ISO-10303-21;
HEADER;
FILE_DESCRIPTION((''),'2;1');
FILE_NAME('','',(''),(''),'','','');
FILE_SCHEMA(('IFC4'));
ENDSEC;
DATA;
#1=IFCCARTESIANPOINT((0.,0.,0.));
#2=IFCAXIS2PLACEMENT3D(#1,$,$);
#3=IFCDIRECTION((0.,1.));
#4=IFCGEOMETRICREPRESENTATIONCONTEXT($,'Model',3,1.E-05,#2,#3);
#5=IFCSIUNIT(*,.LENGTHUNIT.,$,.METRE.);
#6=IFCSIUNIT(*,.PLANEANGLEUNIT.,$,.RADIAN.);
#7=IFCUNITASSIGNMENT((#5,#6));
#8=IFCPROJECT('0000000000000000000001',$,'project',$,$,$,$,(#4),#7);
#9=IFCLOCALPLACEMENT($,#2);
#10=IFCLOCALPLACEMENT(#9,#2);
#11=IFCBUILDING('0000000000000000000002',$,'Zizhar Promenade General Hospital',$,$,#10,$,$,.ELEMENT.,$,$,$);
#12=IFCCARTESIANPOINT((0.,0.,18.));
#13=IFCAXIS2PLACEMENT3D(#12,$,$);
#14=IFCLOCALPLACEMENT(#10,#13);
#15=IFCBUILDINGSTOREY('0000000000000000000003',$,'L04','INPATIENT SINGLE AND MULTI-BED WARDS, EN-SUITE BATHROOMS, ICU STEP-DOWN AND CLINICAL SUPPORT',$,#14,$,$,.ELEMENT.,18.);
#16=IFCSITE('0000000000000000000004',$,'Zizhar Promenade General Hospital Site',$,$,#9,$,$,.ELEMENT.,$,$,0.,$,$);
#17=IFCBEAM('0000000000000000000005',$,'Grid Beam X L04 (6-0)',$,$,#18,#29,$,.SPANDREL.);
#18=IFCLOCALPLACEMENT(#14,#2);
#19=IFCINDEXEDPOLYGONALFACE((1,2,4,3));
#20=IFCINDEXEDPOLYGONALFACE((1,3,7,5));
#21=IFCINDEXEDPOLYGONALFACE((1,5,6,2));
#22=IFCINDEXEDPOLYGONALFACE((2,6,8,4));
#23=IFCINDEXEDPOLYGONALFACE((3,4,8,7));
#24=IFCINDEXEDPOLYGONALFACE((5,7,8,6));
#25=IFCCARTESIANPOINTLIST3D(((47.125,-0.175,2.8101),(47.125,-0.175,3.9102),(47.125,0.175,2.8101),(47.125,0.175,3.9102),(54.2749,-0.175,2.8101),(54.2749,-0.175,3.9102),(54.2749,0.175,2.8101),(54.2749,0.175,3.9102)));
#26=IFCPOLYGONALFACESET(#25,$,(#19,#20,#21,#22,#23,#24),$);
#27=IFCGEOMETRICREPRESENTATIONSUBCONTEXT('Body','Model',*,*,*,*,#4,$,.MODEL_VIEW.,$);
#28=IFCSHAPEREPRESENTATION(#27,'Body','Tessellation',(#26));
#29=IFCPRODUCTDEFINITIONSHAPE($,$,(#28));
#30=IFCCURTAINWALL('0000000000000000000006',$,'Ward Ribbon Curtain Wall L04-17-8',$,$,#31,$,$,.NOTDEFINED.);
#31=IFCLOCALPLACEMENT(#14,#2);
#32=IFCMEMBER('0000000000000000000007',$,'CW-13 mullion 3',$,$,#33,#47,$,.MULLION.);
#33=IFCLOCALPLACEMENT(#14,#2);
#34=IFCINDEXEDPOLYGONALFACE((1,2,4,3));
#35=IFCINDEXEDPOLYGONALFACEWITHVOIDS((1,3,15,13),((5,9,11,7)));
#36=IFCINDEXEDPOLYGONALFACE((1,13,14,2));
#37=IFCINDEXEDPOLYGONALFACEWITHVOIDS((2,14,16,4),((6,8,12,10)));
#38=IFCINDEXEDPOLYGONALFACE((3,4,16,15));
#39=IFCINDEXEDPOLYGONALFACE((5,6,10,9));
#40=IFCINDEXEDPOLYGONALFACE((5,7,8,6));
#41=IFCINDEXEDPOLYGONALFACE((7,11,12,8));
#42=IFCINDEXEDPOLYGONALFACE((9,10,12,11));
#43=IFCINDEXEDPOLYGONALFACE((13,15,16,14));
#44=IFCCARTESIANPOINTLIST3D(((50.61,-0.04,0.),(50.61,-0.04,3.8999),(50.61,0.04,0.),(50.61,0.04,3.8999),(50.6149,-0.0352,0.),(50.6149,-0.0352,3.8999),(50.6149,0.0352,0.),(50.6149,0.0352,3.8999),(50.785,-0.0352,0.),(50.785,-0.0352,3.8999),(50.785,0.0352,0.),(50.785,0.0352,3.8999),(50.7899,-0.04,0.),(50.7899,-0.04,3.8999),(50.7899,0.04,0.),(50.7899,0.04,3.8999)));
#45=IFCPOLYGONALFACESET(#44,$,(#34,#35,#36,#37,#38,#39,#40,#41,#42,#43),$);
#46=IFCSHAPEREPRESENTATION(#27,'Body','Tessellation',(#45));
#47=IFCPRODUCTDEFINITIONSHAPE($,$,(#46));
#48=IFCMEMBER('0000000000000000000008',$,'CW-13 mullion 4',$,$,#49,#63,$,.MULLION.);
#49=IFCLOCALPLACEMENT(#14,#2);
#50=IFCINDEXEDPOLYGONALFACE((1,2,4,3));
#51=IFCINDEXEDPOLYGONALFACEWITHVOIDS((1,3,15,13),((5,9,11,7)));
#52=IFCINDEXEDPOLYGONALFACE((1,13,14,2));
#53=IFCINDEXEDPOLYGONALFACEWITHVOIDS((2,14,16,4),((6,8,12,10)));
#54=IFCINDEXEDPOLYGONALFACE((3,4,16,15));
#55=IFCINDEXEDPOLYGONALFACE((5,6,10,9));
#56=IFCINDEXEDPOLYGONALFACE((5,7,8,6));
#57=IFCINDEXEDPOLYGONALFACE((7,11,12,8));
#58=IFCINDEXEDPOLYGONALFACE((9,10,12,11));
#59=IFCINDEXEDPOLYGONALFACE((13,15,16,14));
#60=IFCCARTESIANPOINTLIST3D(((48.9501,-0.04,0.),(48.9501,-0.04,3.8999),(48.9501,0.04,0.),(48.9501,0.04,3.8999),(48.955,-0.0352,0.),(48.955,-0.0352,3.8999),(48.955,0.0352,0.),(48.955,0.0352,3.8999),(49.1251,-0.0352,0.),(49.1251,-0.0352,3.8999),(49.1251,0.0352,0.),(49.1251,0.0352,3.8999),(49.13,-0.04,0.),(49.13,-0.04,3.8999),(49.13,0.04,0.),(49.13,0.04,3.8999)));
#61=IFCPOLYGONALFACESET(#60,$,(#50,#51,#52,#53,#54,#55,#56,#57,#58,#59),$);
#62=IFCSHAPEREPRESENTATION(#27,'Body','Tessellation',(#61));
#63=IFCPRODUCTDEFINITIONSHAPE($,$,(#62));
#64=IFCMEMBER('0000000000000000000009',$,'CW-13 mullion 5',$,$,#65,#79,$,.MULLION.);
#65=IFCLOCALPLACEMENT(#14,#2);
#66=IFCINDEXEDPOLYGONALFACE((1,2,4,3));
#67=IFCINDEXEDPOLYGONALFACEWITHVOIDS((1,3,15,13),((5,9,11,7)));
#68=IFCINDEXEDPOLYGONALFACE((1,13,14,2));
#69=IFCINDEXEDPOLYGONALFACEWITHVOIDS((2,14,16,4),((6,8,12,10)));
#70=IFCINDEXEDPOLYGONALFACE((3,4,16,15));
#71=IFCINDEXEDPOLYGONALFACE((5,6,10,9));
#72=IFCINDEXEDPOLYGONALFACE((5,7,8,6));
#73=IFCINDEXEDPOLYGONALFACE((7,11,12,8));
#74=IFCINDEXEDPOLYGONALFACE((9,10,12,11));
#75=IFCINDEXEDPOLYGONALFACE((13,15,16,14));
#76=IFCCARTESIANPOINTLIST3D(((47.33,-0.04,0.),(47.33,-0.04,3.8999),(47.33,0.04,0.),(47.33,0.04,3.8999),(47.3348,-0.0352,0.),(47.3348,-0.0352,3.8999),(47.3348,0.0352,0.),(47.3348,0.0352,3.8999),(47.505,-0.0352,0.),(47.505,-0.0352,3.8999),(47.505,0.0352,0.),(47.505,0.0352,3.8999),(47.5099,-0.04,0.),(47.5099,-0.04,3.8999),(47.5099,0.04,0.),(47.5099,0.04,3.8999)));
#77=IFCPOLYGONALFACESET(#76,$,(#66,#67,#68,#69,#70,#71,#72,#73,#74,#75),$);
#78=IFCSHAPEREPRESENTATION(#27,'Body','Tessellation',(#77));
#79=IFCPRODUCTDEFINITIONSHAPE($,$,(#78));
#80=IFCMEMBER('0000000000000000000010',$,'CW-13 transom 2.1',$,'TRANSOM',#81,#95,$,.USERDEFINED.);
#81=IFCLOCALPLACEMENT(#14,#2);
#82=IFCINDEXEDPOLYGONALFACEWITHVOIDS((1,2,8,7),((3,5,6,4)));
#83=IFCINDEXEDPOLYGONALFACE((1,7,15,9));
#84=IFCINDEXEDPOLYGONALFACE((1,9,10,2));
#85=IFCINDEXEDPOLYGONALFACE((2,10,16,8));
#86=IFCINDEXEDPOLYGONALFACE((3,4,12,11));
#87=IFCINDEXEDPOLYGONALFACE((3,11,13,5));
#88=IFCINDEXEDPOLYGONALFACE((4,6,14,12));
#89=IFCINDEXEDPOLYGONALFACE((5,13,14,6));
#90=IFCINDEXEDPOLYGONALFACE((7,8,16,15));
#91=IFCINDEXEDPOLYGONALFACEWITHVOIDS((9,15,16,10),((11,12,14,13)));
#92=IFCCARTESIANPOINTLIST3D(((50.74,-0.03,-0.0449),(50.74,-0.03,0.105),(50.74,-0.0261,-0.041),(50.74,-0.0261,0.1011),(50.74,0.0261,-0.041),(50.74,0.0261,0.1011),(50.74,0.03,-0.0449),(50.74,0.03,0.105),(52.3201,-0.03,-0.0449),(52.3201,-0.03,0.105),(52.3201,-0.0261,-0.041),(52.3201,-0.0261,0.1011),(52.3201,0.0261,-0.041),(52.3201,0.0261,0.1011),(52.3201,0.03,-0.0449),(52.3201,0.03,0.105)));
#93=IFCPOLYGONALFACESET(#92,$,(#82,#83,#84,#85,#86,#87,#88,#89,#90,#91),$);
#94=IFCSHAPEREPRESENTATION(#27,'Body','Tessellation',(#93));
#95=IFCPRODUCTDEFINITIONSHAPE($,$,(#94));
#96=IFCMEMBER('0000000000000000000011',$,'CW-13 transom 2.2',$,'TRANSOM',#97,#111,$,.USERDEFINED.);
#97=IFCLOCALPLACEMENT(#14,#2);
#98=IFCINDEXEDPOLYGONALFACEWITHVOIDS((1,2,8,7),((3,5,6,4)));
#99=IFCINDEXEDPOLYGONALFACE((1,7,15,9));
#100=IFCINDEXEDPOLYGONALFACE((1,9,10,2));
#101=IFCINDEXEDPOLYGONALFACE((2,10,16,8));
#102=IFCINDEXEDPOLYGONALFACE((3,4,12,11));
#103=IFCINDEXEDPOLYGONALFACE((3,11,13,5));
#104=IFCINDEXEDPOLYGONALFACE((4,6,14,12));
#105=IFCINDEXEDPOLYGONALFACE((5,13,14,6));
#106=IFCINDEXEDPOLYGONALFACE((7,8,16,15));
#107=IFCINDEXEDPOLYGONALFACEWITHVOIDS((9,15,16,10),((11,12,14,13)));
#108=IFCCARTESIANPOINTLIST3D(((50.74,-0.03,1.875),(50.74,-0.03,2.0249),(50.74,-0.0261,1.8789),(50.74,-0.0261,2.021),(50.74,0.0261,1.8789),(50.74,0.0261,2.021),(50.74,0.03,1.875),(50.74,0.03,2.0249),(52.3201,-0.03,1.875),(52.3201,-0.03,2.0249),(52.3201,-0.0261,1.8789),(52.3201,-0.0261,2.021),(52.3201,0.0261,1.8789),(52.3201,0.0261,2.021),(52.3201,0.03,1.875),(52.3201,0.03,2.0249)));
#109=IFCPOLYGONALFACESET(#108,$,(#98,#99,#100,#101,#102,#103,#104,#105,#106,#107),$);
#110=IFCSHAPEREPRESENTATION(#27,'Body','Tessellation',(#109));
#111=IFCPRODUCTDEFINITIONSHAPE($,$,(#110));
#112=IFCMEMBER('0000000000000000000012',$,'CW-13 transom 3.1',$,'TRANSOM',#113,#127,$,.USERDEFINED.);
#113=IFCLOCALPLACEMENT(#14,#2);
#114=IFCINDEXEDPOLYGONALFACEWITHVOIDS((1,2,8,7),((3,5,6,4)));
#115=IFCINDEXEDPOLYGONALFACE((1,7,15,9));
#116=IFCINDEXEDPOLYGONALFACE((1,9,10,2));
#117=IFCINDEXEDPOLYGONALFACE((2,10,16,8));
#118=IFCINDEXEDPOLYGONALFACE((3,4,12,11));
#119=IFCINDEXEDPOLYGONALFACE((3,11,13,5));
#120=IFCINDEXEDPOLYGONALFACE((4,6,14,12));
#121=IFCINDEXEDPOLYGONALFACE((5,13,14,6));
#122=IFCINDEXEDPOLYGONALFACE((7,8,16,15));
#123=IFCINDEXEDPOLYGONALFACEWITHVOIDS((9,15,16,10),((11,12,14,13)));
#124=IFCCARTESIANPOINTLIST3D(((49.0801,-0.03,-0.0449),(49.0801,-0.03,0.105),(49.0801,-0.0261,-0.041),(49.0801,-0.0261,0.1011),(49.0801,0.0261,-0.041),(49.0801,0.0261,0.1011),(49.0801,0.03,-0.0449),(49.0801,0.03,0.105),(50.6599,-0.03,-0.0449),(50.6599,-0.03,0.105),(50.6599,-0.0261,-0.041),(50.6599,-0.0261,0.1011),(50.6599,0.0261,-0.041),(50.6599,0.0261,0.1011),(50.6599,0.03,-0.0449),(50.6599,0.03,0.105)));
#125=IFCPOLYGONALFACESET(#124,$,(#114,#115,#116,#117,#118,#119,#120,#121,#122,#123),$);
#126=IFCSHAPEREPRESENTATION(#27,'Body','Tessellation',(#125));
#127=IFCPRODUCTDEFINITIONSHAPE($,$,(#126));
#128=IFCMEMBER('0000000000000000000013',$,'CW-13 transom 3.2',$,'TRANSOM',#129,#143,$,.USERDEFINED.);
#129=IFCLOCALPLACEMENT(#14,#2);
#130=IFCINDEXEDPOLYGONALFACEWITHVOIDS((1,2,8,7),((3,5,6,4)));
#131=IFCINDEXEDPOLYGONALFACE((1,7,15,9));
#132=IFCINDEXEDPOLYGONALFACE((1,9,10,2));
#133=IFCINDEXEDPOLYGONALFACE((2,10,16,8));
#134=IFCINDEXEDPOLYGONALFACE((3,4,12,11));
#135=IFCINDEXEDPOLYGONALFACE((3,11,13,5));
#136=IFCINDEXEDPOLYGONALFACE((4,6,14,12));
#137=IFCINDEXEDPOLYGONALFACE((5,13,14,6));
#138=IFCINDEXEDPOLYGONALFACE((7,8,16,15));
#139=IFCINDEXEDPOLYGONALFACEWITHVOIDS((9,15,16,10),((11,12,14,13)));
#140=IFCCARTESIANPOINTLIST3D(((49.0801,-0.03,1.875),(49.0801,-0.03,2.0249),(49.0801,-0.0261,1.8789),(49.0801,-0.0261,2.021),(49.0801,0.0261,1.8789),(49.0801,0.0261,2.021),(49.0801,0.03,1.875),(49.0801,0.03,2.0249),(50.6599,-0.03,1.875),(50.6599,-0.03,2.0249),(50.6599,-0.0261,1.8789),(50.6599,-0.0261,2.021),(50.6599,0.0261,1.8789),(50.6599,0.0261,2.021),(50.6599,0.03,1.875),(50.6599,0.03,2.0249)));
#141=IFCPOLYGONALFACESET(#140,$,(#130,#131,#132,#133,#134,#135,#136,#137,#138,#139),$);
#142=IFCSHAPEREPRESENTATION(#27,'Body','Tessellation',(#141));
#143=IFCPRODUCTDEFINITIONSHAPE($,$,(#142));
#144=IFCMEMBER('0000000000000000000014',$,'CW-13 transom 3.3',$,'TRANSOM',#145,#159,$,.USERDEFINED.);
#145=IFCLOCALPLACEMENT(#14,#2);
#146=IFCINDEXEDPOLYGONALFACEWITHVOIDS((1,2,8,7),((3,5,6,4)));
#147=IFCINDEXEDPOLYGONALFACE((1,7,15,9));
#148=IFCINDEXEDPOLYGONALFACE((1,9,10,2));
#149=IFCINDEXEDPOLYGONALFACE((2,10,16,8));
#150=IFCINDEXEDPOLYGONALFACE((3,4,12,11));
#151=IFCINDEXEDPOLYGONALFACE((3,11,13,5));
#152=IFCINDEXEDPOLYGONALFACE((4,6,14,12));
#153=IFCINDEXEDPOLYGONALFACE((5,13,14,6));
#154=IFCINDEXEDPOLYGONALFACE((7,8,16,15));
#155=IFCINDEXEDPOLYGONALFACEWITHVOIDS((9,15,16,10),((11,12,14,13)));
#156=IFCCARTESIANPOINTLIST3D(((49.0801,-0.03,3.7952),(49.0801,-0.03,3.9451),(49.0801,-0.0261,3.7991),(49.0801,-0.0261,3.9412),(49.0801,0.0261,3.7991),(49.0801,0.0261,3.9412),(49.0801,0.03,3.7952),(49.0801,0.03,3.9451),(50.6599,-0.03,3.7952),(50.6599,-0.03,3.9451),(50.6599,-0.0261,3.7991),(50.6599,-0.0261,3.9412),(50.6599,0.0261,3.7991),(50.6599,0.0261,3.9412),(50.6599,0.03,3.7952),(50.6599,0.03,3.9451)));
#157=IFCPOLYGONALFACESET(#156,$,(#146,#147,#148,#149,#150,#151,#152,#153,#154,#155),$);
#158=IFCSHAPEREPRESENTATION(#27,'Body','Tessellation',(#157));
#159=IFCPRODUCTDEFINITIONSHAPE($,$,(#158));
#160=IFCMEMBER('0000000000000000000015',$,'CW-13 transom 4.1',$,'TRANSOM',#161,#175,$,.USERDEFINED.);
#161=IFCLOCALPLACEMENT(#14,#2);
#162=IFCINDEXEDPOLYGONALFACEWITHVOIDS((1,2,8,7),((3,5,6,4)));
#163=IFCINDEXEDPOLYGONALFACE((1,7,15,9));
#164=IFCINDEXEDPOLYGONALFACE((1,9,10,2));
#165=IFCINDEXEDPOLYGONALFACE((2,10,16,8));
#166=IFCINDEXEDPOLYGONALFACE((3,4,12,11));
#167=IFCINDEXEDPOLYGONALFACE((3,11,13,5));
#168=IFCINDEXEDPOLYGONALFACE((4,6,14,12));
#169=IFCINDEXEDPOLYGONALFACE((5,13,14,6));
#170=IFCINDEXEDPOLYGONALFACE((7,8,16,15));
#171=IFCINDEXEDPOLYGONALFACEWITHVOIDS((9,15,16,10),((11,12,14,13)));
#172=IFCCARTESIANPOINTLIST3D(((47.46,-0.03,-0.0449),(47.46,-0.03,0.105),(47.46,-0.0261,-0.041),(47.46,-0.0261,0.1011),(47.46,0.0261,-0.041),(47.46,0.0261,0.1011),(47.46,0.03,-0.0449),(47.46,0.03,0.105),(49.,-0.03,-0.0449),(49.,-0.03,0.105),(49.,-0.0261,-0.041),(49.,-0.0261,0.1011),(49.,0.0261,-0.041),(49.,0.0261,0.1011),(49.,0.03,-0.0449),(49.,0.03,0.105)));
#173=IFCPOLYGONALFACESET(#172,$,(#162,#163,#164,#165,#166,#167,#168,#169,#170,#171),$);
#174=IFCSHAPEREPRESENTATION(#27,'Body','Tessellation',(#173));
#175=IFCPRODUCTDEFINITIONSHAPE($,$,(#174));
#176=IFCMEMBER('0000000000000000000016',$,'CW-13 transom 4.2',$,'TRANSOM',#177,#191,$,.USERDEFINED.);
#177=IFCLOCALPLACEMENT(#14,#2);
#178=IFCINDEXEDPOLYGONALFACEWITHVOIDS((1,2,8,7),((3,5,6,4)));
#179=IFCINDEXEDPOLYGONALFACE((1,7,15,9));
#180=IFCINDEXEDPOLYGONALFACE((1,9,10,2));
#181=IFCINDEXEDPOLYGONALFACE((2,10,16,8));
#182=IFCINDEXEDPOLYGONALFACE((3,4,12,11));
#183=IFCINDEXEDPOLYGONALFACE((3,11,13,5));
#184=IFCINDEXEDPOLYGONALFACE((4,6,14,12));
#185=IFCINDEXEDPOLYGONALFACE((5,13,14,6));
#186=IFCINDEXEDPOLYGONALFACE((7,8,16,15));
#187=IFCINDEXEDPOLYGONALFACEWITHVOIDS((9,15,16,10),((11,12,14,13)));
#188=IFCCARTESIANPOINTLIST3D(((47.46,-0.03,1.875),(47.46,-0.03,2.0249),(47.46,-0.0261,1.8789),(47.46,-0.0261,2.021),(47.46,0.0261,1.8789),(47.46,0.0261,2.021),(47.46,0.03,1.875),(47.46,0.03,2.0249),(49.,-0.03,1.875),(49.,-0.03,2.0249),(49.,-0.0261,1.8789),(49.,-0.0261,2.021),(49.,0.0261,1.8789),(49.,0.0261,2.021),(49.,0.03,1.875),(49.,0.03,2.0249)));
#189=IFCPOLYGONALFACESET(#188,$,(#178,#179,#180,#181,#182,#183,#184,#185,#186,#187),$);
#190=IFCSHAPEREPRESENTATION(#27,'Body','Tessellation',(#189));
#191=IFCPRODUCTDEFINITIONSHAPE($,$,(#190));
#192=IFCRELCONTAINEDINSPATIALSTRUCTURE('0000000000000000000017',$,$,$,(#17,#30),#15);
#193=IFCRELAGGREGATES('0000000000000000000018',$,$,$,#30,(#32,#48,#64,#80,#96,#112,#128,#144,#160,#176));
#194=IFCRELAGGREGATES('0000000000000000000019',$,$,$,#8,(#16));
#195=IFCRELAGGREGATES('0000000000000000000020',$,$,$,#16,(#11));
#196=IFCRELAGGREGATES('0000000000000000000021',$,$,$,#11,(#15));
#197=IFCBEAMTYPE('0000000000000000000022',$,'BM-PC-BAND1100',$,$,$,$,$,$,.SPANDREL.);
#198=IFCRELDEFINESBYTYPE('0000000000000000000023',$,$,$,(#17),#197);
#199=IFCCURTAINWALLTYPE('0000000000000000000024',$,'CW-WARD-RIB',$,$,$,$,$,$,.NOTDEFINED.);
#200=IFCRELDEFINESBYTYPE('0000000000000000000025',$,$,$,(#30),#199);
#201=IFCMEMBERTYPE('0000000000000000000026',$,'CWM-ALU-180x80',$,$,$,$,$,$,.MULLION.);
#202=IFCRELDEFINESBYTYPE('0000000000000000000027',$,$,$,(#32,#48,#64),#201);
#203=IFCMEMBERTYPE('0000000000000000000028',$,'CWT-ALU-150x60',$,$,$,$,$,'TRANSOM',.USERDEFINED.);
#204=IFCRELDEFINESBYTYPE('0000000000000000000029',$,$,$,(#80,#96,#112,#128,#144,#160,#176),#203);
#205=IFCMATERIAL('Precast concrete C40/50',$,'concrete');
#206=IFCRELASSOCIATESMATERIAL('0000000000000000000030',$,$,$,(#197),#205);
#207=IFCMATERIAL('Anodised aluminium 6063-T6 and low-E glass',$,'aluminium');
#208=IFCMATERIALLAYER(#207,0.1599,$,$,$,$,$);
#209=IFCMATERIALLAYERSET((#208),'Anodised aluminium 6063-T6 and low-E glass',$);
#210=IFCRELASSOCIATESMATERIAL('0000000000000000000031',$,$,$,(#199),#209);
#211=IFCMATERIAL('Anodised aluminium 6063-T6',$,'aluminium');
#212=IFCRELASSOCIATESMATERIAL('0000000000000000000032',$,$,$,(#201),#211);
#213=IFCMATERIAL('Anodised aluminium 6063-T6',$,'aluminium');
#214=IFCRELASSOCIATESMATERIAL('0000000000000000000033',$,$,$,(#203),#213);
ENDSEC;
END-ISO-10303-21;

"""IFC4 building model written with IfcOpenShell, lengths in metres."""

from ifc_helpers import new_model, si_unit, direction, frame, origin, origin_2d, place, context, subcontext, project, spatial, rectangle, hollow_rectangle, extrude, material, layer, layer_set, material_profile, profile_set, type_object, element, aggregate, save


model = new_model("IFC4")

# Units and contexts
model_context = context("Model", 3, precision=1e-05, world=origin(), true_north=direction((0.0, 1.0)))
body_context = subcontext(model_context, "Body", "Model", "MODEL_VIEW")
ifc_project = project(units=[si_unit("LENGTHUNIT", "METRE"), si_unit("PLANEANGLEUNIT", "RADIAN")], contexts=[model_context])

# Site, building, storey
site_placement = place(None, origin())
site = spatial("IfcSite", under=ifc_project, at=site_placement, Name="Zizhar Promenade General Hospital Site", CompositionType="ELEMENT", RefElevation=0.0)
building_placement = place(site_placement, origin())
building = spatial("IfcBuilding", under=site, at=building_placement, Name="Zizhar Promenade General Hospital", CompositionType="ELEMENT")
storey_placement = place(building_placement, frame((0.0, 0.0, 18.0)))
storey = spatial("IfcBuildingStorey", under=building, at=storey_placement, Name="L04", Description="INPATIENT SINGLE AND MULTI-BED WARDS, EN-SUITE BATHROOMS, ICU STEP-DOWN AND CLINICAL SUPPORT", CompositionType="ELEMENT", Elevation=18.0)

# Beam
ifc_material_1 = material(Name="Precast concrete C40/50", Category="concrete")
ifc_material_profile_1 = material_profile(ifc_material_1, rectangle(XDim=0.3501, YDim=1.1001, at=origin_2d()))
ifc_profile_set_1 = profile_set([ifc_material_profile_1], Name="Precast concrete C40/50")
beam_type = type_object("IfcBeamType", Name="BM-PC-BAND1100", PredefinedType="SPANDREL", material=ifc_profile_set_1)
beam_placement = place(storey_placement, frame((47.125, 0.0, 3.3601), z_axis=(1.0, 0.0, 0.0), x_axis=(0.0, 1.0, 0.0)))
element("IfcBeam", 1, at=beam_placement, inside=storey, type_object=beam_type, Name="Grid Beam X L04 (6-0)", PredefinedType="SPANDREL", context=body_context, shape_type="SweptSolid", body=[
    extrude(rectangle(XDim=0.3501, YDim=1.1001, at=origin_2d()), origin(), (0.0, 0.0, 1.0), 7.1499),
])

# Curtain wall, members
ifc_material_2 = material(Name="Anodised aluminium 6063-T6 and low-E glass", Category="aluminium")
ifc_layer_1 = layer(ifc_material_2, 0.1599)
ifc_layer_set_1 = layer_set([ifc_layer_1], Name="Anodised aluminium 6063-T6 and low-E glass")
curtain_wall_type = type_object("IfcCurtainWallType", Name="CW-WARD-RIB", PredefinedType="NOTDEFINED", material=ifc_layer_set_1)
curtain_wall_placement = place(storey_placement, origin())
curtain_wall = element("IfcCurtainWall", 2, at=curtain_wall_placement, inside=storey, type_object=curtain_wall_type, Name="Ward Ribbon Curtain Wall L04-17-8", PredefinedType="NOTDEFINED")
ifc_material_3 = material(Name="Anodised aluminium 6063-T6", Category="aluminium")
ifc_material_profile_2 = material_profile(ifc_material_3, hollow_rectangle(XDim=0.0801, YDim=0.1799, WallThickness=0.0049, at=origin_2d()))
ifc_profile_set_2 = profile_set([ifc_material_profile_2], Name="Anodised aluminium 6063-T6")
member_type_1 = type_object("IfcMemberType", Name="CWM-ALU-180x80", PredefinedType="MULLION", material=ifc_profile_set_2)
member_1_placement = place(storey_placement, frame((50.7, 0.0, 0.0), z_axis=(0.0, 0.0, 1.0), x_axis=(0.0, -1.0, 0.0)))
member_1 = element("IfcMember", 3, at=member_1_placement, type_object=member_type_1, Name="CW-13 mullion 3", PredefinedType="MULLION", context=body_context, shape_type="SweptSolid", body=[
    extrude(hollow_rectangle(XDim=0.0801, YDim=0.1799, WallThickness=0.0049, at=origin_2d()), origin(), (0.0, 0.0, 1.0), 3.8999),
])
member_2_placement = place(storey_placement, frame((49.04, 0.0, 0.0), z_axis=(0.0, 0.0, 1.0), x_axis=(0.0, -1.0, 0.0)))
member_2 = element("IfcMember", 4, at=member_2_placement, type_object=member_type_1, Name="CW-13 mullion 4", PredefinedType="MULLION", context=body_context, shape_type="SweptSolid", body=[
    extrude(hollow_rectangle(XDim=0.0801, YDim=0.1799, WallThickness=0.0049, at=origin_2d()), origin(), (0.0, 0.0, 1.0), 3.8999),
])
member_3_placement = place(storey_placement, frame((47.4199, 0.0, 0.0), z_axis=(0.0, 0.0, 1.0), x_axis=(0.0, -1.0, 0.0)))
member_3 = element("IfcMember", 5, at=member_3_placement, type_object=member_type_1, Name="CW-13 mullion 5", PredefinedType="MULLION", context=body_context, shape_type="SweptSolid", body=[
    extrude(hollow_rectangle(XDim=0.0801, YDim=0.1799, WallThickness=0.0049, at=origin_2d()), origin(), (0.0, 0.0, 1.0), 3.8999),
])
ifc_material_4 = material(Name="Anodised aluminium 6063-T6", Category="aluminium")
ifc_material_profile_3 = material_profile(ifc_material_4, hollow_rectangle(XDim=0.0601, YDim=0.1499, WallThickness=0.0039, at=origin_2d()))
ifc_profile_set_3 = profile_set([ifc_material_profile_3], Name="Anodised aluminium 6063-T6")
member_type_2 = type_object("IfcMemberType", Name="CWT-ALU-150x60", ElementType="TRANSOM", PredefinedType="USERDEFINED", material=ifc_profile_set_3)
member_4_placement = place(storey_placement, frame((52.3201, 0.0, 0.03), z_axis=(-1.0, 0.0, 0.0), x_axis=(0.0, -1.0, 0.0)))
member_4 = element("IfcMember", 6, at=member_4_placement, type_object=member_type_2, Name="CW-13 transom 2.1", ObjectType="TRANSOM", PredefinedType="USERDEFINED", context=body_context, shape_type="SweptSolid", body=[
    extrude(hollow_rectangle(XDim=0.0601, YDim=0.1499, WallThickness=0.0039, at=origin_2d()), origin(), (0.0, 0.0, 1.0), 1.5801),
])
member_5_placement = place(storey_placement, frame((52.3201, 0.0, 1.95), z_axis=(-1.0, 0.0, 0.0), x_axis=(0.0, -1.0, 0.0)))
member_5 = element("IfcMember", 7, at=member_5_placement, type_object=member_type_2, Name="CW-13 transom 2.2", ObjectType="TRANSOM", PredefinedType="USERDEFINED", context=body_context, shape_type="SweptSolid", body=[
    extrude(hollow_rectangle(XDim=0.0601, YDim=0.1499, WallThickness=0.0039, at=origin_2d()), origin(), (0.0, 0.0, 1.0), 1.5801),
])
member_6_placement = place(storey_placement, frame((50.6599, 0.0, 0.03), z_axis=(-1.0, 0.0, 0.0), x_axis=(0.0, -1.0, 0.0)))
member_6 = element("IfcMember", 8, at=member_6_placement, type_object=member_type_2, Name="CW-13 transom 3.1", ObjectType="TRANSOM", PredefinedType="USERDEFINED", context=body_context, shape_type="SweptSolid", body=[
    extrude(hollow_rectangle(XDim=0.0601, YDim=0.1499, WallThickness=0.0039, at=origin_2d()), origin(), (0.0, 0.0, 1.0), 1.5798),
])
member_7_placement = place(storey_placement, frame((50.6599, 0.0, 1.95), z_axis=(-1.0, 0.0, 0.0), x_axis=(0.0, -1.0, 0.0)))
member_7 = element("IfcMember", 9, at=member_7_placement, type_object=member_type_2, Name="CW-13 transom 3.2", ObjectType="TRANSOM", PredefinedType="USERDEFINED", context=body_context, shape_type="SweptSolid", body=[
    extrude(hollow_rectangle(XDim=0.0601, YDim=0.1499, WallThickness=0.0039, at=origin_2d()), origin(), (0.0, 0.0, 1.0), 1.5798),
])
member_8_placement = place(storey_placement, frame((50.6599, 0.0, 3.8701), z_axis=(-1.0, 0.0, 0.0), x_axis=(0.0, -1.0, 0.0)))
member_8 = element("IfcMember", 10, at=member_8_placement, type_object=member_type_2, Name="CW-13 transom 3.3", ObjectType="TRANSOM", PredefinedType="USERDEFINED", context=body_context, shape_type="SweptSolid", body=[
    extrude(hollow_rectangle(XDim=0.0601, YDim=0.1499, WallThickness=0.0039, at=origin_2d()), origin(), (0.0, 0.0, 1.0), 1.5798),
])
member_9_placement = place(storey_placement, frame((49.0, 0.0, 0.03), z_axis=(-1.0, 0.0, 0.0), x_axis=(0.0, -1.0, 0.0)))
member_9 = element("IfcMember", 11, at=member_9_placement, type_object=member_type_2, Name="CW-13 transom 4.1", ObjectType="TRANSOM", PredefinedType="USERDEFINED", context=body_context, shape_type="SweptSolid", body=[
    extrude(hollow_rectangle(XDim=0.0601, YDim=0.1499, WallThickness=0.0039, at=origin_2d()), origin(), (0.0, 0.0, 1.0), 1.54),
])
member_10_placement = place(storey_placement, frame((49.0, 0.0, 1.95), z_axis=(-1.0, 0.0, 0.0), x_axis=(0.0, -1.0, 0.0)))
member_10 = element("IfcMember", 12, at=member_10_placement, type_object=member_type_2, Name="CW-13 transom 4.2", ObjectType="TRANSOM", PredefinedType="USERDEFINED", context=body_context, shape_type="SweptSolid", body=[
    extrude(hollow_rectangle(XDim=0.0601, YDim=0.1499, WallThickness=0.0039, at=origin_2d()), origin(), (0.0, 0.0, 1.0), 1.54),
])
aggregate(curtain_wall, [member_1, member_2, member_3, member_4, member_5, member_6, member_7, member_8, member_9, member_10])

save(model, "model.ifc")
